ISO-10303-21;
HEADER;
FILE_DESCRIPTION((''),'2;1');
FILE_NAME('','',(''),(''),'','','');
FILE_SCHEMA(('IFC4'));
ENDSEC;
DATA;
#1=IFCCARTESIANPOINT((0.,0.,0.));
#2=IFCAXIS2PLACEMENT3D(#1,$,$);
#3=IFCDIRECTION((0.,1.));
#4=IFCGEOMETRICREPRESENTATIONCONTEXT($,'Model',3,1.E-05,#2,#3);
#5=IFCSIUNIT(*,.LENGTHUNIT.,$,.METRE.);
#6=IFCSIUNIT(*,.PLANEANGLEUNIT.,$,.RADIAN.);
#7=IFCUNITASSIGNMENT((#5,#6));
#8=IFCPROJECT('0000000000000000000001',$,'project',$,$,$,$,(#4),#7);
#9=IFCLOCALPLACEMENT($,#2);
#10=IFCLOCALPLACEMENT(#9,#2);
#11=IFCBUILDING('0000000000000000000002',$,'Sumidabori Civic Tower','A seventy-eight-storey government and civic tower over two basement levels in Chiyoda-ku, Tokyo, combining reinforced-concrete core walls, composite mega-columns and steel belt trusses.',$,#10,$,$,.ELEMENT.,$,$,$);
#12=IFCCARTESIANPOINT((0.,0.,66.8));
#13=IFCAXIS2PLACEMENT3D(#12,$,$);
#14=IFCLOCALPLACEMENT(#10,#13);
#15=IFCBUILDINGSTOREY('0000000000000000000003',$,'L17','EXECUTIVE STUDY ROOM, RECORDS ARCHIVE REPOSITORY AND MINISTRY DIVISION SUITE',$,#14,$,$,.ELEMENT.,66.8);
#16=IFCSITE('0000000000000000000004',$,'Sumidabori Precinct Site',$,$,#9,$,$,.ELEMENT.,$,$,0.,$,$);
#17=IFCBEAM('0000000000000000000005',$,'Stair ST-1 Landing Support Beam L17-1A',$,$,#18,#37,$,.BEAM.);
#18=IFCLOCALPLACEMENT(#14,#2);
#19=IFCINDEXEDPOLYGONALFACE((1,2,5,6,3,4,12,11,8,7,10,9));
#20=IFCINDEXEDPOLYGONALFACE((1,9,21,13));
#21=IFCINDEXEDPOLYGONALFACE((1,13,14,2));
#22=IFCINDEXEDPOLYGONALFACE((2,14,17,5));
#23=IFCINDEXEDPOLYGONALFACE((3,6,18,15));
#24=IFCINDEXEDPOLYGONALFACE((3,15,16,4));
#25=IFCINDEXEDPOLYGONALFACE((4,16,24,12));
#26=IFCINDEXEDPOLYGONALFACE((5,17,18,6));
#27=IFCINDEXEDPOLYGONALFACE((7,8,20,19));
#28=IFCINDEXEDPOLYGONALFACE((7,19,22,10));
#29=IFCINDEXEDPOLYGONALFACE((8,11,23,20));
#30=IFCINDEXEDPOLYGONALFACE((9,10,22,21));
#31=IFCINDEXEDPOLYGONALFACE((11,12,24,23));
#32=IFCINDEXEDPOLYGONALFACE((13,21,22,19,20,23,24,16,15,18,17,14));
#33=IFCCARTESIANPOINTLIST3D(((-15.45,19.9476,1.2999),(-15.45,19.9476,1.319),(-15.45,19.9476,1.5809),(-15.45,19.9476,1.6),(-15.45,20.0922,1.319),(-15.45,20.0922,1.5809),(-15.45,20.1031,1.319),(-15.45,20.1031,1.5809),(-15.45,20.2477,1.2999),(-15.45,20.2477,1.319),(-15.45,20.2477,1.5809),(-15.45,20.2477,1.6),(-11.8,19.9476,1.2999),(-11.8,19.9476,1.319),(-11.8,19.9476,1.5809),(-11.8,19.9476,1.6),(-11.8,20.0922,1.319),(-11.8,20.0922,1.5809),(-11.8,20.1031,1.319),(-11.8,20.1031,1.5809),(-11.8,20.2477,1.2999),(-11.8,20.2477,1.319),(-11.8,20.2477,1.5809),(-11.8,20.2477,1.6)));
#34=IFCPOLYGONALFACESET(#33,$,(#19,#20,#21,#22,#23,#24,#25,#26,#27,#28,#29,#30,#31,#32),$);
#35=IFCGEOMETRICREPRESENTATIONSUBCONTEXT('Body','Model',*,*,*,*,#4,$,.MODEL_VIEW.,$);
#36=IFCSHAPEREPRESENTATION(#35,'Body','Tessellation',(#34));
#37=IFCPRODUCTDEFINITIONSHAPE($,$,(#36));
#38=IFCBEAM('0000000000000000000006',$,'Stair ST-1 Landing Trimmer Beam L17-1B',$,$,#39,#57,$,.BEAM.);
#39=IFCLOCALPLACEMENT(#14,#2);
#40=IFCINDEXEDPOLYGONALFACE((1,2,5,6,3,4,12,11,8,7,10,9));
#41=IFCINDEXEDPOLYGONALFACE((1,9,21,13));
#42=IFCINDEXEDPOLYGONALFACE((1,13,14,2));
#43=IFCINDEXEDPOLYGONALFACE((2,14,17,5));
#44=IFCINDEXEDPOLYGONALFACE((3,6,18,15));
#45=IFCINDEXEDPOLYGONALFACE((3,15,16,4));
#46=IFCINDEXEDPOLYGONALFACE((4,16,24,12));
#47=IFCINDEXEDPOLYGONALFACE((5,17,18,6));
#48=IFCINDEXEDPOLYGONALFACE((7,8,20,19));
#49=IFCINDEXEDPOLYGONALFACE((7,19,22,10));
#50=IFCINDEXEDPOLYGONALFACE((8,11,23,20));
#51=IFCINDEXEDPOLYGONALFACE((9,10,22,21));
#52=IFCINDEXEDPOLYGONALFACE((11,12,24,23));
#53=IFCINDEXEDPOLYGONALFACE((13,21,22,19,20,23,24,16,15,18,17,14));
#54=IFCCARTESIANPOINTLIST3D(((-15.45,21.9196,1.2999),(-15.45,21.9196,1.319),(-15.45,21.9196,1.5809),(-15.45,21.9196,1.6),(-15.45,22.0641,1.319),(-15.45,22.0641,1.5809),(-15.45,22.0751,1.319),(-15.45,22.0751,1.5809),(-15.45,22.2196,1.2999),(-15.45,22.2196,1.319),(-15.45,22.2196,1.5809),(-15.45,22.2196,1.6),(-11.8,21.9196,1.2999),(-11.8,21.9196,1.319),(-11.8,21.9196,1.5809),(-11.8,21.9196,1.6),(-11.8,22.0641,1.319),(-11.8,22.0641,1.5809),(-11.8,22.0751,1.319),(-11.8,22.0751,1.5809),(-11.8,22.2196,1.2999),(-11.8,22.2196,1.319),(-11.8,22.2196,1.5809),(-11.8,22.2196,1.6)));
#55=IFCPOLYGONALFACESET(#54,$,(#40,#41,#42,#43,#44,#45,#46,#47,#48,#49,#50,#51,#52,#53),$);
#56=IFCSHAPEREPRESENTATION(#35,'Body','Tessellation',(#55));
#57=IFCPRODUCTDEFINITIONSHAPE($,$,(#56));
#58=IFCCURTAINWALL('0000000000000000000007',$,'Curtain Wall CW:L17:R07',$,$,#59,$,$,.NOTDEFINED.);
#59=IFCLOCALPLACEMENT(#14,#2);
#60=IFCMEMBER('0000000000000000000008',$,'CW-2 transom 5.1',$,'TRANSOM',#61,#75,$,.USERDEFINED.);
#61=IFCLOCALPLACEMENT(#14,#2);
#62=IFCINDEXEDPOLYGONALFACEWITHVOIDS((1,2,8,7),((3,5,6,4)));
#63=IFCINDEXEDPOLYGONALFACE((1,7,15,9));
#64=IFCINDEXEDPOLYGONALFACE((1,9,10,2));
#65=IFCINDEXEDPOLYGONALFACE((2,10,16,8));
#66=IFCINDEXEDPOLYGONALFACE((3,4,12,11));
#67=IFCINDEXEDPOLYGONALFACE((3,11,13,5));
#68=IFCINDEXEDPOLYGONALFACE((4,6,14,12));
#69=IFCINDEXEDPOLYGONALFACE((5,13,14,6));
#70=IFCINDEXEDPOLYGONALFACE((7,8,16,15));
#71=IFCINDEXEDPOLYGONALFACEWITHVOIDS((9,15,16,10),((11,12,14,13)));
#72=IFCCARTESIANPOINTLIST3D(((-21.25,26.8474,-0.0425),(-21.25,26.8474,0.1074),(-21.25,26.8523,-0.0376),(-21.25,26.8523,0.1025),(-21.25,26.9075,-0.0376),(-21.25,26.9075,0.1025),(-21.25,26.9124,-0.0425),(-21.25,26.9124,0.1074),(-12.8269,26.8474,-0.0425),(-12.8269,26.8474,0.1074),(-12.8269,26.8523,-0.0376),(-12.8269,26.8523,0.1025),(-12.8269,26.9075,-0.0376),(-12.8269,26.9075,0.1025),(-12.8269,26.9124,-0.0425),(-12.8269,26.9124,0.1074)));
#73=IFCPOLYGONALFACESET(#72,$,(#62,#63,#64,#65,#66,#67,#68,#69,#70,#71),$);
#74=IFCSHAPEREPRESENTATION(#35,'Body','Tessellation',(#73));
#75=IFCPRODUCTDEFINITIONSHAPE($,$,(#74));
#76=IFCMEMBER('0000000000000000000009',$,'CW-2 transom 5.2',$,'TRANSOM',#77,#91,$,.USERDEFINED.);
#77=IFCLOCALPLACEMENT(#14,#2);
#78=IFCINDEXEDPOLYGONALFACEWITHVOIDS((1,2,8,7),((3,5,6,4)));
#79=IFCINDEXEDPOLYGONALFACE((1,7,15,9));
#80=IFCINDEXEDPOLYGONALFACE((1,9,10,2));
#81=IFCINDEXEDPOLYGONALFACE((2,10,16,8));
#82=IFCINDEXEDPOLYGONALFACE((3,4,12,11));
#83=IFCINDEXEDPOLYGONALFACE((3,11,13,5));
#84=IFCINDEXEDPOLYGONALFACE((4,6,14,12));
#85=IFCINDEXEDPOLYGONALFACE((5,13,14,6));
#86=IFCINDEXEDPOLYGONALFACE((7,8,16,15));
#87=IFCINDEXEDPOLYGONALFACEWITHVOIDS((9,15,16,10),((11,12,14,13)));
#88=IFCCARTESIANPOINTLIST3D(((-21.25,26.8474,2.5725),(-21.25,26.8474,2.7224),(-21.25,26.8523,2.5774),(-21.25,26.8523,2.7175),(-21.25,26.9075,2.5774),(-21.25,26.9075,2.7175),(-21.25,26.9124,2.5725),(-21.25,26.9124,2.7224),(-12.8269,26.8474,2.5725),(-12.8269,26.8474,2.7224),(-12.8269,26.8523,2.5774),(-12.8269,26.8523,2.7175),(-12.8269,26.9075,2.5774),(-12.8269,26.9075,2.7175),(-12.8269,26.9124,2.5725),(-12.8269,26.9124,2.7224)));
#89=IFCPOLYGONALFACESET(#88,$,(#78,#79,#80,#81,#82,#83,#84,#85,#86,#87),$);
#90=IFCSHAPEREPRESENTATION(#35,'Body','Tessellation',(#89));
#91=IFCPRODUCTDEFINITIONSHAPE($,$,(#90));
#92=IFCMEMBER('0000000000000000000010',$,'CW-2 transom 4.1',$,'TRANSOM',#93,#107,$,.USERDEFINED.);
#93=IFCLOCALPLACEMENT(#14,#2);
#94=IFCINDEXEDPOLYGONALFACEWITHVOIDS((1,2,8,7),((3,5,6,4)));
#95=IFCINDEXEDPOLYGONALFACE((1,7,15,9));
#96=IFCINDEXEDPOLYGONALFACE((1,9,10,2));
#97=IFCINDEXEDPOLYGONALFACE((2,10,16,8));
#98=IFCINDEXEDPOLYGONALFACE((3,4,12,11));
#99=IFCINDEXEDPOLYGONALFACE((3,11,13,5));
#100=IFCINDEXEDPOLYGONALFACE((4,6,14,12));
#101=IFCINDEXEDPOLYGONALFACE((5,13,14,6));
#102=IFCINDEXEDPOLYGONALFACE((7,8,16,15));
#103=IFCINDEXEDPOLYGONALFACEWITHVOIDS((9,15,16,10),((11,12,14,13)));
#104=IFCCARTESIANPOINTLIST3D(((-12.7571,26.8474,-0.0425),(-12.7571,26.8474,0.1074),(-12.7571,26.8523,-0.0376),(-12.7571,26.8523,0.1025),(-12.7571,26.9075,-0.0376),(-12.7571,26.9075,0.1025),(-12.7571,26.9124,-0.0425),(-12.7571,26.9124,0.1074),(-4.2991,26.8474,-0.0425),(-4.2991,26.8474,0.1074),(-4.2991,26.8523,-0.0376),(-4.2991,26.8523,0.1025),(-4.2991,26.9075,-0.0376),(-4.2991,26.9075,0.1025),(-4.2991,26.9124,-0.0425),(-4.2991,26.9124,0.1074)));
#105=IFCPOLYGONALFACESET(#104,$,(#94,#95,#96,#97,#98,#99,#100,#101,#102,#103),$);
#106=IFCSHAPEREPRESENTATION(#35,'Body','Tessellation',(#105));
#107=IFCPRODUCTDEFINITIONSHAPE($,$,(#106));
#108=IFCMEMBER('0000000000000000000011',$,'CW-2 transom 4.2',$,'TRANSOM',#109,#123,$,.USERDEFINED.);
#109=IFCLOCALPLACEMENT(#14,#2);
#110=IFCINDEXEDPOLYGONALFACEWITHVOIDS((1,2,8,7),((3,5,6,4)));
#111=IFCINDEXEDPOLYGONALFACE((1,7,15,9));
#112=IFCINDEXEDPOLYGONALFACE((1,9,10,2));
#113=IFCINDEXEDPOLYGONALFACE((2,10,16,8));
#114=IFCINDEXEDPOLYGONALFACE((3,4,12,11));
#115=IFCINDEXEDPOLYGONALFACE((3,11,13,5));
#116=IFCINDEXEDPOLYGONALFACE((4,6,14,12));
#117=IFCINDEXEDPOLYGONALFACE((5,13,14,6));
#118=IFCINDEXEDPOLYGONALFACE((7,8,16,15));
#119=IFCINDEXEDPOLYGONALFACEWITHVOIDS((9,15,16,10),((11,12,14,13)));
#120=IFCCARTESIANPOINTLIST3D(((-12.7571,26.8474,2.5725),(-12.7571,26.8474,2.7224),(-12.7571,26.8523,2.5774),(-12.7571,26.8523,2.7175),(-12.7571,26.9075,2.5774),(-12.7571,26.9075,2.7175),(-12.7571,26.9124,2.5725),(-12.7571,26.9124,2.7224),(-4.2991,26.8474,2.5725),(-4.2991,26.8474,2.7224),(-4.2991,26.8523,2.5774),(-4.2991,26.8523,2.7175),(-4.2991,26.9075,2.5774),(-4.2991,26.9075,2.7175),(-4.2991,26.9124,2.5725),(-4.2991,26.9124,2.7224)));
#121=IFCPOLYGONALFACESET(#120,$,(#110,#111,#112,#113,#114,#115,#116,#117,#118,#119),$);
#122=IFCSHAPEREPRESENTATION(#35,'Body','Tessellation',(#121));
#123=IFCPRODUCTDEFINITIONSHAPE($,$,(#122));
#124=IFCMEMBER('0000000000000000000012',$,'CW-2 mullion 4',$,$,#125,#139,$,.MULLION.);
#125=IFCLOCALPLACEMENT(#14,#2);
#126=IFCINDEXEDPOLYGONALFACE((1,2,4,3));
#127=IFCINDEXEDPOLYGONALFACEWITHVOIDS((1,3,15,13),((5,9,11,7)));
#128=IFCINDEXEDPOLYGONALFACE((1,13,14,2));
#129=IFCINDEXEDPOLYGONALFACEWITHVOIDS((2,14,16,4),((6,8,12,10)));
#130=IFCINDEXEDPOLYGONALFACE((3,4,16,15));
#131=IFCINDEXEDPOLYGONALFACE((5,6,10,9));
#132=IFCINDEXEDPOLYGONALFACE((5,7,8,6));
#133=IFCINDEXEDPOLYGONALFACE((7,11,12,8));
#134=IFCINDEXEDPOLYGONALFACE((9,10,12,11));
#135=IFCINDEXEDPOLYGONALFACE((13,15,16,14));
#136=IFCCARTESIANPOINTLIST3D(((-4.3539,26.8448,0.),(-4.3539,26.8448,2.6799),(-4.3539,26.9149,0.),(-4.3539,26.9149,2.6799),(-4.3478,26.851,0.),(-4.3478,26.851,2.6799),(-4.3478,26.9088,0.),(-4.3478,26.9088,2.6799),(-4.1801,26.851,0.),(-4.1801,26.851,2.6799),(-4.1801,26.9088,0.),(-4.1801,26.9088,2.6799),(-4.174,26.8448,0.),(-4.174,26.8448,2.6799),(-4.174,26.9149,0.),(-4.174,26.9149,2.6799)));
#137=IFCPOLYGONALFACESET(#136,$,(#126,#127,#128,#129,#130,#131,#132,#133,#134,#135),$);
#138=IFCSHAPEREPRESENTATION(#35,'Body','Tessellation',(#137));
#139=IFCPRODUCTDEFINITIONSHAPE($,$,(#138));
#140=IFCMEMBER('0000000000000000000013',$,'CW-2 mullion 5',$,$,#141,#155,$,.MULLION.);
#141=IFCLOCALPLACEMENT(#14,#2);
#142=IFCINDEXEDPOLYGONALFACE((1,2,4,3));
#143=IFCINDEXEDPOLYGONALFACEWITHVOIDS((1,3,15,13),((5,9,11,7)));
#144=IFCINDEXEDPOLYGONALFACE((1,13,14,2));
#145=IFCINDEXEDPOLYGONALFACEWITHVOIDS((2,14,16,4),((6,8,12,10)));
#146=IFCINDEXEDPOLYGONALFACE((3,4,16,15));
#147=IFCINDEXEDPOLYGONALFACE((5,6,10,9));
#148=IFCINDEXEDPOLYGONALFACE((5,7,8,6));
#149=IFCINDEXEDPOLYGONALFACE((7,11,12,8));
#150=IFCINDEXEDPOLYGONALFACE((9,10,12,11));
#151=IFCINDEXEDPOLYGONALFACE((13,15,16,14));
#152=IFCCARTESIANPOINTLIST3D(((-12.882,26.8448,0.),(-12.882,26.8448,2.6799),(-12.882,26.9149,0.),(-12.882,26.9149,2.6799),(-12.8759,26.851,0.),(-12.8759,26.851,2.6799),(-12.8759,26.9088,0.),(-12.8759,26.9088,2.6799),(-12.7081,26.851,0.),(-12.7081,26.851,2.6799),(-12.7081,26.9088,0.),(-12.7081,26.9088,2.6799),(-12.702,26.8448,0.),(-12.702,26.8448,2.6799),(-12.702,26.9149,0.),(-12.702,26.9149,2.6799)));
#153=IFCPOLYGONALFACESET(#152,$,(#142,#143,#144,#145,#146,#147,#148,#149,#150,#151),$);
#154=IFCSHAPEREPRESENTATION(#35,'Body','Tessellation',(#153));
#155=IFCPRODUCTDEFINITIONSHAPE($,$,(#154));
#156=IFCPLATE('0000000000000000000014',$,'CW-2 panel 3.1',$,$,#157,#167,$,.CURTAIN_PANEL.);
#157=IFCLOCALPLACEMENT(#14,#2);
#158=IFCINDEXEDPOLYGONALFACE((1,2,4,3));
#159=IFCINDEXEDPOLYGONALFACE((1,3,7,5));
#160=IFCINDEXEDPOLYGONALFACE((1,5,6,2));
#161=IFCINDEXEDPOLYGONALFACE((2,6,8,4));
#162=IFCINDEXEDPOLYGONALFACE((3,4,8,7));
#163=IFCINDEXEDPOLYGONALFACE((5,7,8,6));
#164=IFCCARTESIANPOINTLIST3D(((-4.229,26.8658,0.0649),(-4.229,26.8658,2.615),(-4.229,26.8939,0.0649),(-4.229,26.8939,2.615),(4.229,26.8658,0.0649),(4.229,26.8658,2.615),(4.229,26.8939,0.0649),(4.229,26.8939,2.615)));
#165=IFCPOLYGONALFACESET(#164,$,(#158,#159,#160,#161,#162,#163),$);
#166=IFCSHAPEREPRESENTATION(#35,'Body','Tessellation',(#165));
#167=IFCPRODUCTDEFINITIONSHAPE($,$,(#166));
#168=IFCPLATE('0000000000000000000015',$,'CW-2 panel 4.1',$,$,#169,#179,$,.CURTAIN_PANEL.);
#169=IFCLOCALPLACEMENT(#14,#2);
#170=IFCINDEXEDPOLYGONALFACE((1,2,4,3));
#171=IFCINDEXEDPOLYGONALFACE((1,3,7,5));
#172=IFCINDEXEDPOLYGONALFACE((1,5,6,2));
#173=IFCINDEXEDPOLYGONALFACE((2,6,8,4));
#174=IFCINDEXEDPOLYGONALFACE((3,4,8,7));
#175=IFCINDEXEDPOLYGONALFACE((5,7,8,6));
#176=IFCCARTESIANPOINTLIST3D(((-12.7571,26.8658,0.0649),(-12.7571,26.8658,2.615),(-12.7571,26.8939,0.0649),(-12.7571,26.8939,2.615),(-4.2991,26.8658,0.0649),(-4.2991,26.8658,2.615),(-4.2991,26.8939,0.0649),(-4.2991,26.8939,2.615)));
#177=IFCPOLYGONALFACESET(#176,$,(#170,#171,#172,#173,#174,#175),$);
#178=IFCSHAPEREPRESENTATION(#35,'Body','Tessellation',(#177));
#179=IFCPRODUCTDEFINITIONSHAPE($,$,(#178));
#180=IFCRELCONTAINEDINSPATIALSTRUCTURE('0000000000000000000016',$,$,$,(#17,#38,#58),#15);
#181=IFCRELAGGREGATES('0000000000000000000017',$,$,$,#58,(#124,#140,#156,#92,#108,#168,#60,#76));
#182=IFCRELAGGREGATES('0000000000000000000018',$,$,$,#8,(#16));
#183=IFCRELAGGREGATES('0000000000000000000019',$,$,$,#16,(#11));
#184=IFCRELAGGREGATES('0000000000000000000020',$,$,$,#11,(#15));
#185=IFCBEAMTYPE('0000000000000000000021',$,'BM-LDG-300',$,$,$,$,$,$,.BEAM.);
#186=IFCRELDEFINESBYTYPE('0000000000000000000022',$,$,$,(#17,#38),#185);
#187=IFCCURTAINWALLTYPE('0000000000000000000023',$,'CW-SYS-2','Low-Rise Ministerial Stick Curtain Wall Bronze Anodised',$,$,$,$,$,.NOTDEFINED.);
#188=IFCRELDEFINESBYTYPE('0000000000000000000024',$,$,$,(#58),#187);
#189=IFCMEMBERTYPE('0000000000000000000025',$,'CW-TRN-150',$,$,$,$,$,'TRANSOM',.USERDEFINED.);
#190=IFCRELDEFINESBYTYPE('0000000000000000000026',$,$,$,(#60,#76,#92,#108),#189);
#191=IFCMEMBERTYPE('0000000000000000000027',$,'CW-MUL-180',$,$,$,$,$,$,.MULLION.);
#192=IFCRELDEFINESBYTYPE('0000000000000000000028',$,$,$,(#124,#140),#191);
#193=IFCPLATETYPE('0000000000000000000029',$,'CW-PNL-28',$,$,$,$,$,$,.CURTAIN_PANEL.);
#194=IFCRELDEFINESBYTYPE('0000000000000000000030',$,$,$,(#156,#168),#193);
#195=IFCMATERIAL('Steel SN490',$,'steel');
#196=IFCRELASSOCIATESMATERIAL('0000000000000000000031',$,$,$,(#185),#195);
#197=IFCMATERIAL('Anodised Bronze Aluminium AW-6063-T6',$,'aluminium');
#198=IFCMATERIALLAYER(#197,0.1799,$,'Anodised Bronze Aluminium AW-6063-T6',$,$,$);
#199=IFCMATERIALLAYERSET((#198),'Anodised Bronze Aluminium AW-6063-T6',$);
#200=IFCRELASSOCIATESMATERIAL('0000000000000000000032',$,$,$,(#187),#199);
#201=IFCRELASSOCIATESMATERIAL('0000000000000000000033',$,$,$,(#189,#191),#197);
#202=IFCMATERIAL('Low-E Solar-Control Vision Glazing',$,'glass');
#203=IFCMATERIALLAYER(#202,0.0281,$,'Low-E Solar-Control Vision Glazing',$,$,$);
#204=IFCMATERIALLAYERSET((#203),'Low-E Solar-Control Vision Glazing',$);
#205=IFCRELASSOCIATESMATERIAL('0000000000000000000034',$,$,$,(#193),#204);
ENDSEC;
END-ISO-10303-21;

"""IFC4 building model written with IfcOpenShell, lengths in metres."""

from ifc_helpers import new_model, si_unit, direction, frame, origin, origin_2d, place, context, subcontext, project, spatial, rectangle, hollow_rectangle, i_section, extrude, source, transform, mapped, material, layer, layer_set, material_profile, profile_set, type_object, element, aggregate, save


model = new_model("IFC4")

# Units and contexts
model_context = context("Model", 3, precision=1e-05, world=origin(), true_north=direction((0.0, 1.0)))
body_context = subcontext(model_context, "Body", "Model", "MODEL_VIEW")
ifc_project = project(units=[si_unit("LENGTHUNIT", "METRE"), si_unit("PLANEANGLEUNIT", "RADIAN")], contexts=[model_context])

# Site, building, storey
site_placement = place(None, origin())
site = spatial("IfcSite", under=ifc_project, at=site_placement, Name="Sumidabori Precinct Site", CompositionType="ELEMENT", RefElevation=0.0)
building_placement = place(site_placement, origin())
building = spatial("IfcBuilding", under=site, at=building_placement, Name="Sumidabori Civic Tower", Description="A seventy-eight-storey government and civic tower over two basement levels in Chiyoda-ku, Tokyo, combining reinforced-concrete core walls, composite mega-columns and steel belt trusses.", CompositionType="ELEMENT")
storey_placement = place(building_placement, frame((0.0, 0.0, 66.8)))
storey = spatial("IfcBuildingStorey", under=building, at=storey_placement, Name="L17", Description="EXECUTIVE STUDY ROOM, RECORDS ARCHIVE REPOSITORY AND MINISTRY DIVISION SUITE", CompositionType="ELEMENT", Elevation=66.8)

# Beams
ifc_material_1 = material(Name="Steel SN490", Category="steel")
ifc_material_profile_1 = material_profile(ifc_material_1, i_section(OverallWidth=0.3, OverallDepth=0.3, WebThickness=0.011, FlangeThickness=0.019, at=origin_2d()), Name="HE 300 B")
ifc_profile_set_1 = profile_set([ifc_material_profile_1], Name="Steel SN490")
beam_type = type_object("IfcBeamType", Name="BM-LDG-300", PredefinedType="BEAM", material=ifc_profile_set_1)
shared_shape_1 = source(origin(), body_context, "Body", "SweptSolid", [
    extrude(i_section(OverallWidth=0.3, OverallDepth=0.3, WebThickness=0.011, FlangeThickness=0.019, at=origin_2d()), origin(), (0.0, 0.0, 1.0), 3.6499),
])
for number, where, z_axis, x_axis, name in (
    (1, (-15.45, 20.0977, 1.45), (1.0, 0.0, 0.0), (0.0, 1.0, 0.0), "Stair ST-1 Landing Support Beam L17-1A"),
    (2, (-15.45, 22.0696, 1.45), (1.0, 0.0, 0.0), (0.0, 1.0, 0.0), "Stair ST-1 Landing Trimmer Beam L17-1B"),
):
    element("IfcBeam", number, at=place(storey_placement, frame(where, z_axis=z_axis, x_axis=x_axis)), inside=storey, type_object=beam_type, Name=name, PredefinedType="BEAM", context=body_context, shape_type="MappedRepresentation", body=[
        mapped(shared_shape_1, transform((0.0, 0.0, 0.0), x_axis=(1.0, 0.0, 0.0), y_axis=(0.0, 1.0, 0.0), z_axis=(0.0, 0.0, 1.0), scale=1.0)),
    ])

# Curtain wall, members, plates
ifc_material_2 = material(Name="Anodised Bronze Aluminium AW-6063-T6", Category="aluminium")
ifc_layer_1 = layer(ifc_material_2, 0.1799, Name="Anodised Bronze Aluminium AW-6063-T6")
ifc_layer_set_1 = layer_set([ifc_layer_1], Name="Anodised Bronze Aluminium AW-6063-T6")
curtain_wall_type = type_object("IfcCurtainWallType", Name="CW-SYS-2", Description="Low-Rise Ministerial Stick Curtain Wall Bronze Anodised", PredefinedType="NOTDEFINED", material=ifc_layer_set_1)
curtain_wall_placement = place(storey_placement, origin())
curtain_wall = element("IfcCurtainWall", 3, at=curtain_wall_placement, inside=storey, type_object=curtain_wall_type, Name="Curtain Wall CW:L17:R07", PredefinedType="NOTDEFINED")
ifc_material_profile_2 = material_profile(ifc_material_2, hollow_rectangle(XDim=0.0649, YDim=0.1499, WallThickness=0.0049, at=origin_2d()), Name="ALU TRANSOM 150x65")
ifc_profile_set_2 = profile_set([ifc_material_profile_2], Name="Anodised Bronze Aluminium AW-6063-T6")
member_type_1 = type_object("IfcMemberType", Name="CW-TRN-150", ElementType="TRANSOM", PredefinedType="USERDEFINED", material=ifc_profile_set_2)
shared_shape_2 = source(origin(), body_context, "Body", "SweptSolid", [
    extrude(hollow_rectangle(XDim=0.0649, YDim=0.1499, WallThickness=0.0049, at=origin_2d()), origin(), (0.0, 0.0, 1.0), 8.4231),
])
member_1_placement = place(storey_placement, frame((-12.8269, 26.8799, 0.0325), z_axis=(-1.0, 0.0, 0.0), x_axis=(0.0, -1.0, 0.0)))
member_1 = element("IfcMember", 4, at=member_1_placement, type_object=member_type_1, Name="CW-2 transom 5.1", ObjectType="TRANSOM", PredefinedType="USERDEFINED", context=body_context, shape_type="MappedRepresentation", body=[
    mapped(shared_shape_2, transform((0.0, 0.0, 0.0), x_axis=(1.0, 0.0, 0.0), y_axis=(0.0, 1.0, 0.0), z_axis=(0.0, 0.0, 1.0), scale=1.0)),
])
member_2_placement = place(storey_placement, frame((-12.8269, 26.8799, 2.6475), z_axis=(-1.0, 0.0, 0.0), x_axis=(0.0, -1.0, 0.0)))
member_2 = element("IfcMember", 5, at=member_2_placement, type_object=member_type_1, Name="CW-2 transom 5.2", ObjectType="TRANSOM", PredefinedType="USERDEFINED", context=body_context, shape_type="MappedRepresentation", body=[
    mapped(shared_shape_2, transform((0.0, 0.0, 0.0), x_axis=(1.0, 0.0, 0.0), y_axis=(0.0, 1.0, 0.0), z_axis=(0.0, 0.0, 1.0), scale=1.0)),
])
shared_shape_3 = source(origin(), body_context, "Body", "SweptSolid", [
    extrude(hollow_rectangle(XDim=0.0649, YDim=0.1499, WallThickness=0.0049, at=origin_2d()), origin(), (0.0, 0.0, 1.0), 8.458),
])
member_3_placement = place(storey_placement, frame((-4.2991, 26.8799, 0.0325), z_axis=(-1.0, 0.0, 0.0), x_axis=(0.0, -1.0, 0.0)))
member_3 = element("IfcMember", 6, at=member_3_placement, type_object=member_type_1, Name="CW-2 transom 4.1", ObjectType="TRANSOM", PredefinedType="USERDEFINED", context=body_context, shape_type="MappedRepresentation", body=[
    mapped(shared_shape_3, transform((0.0, 0.0, 0.0), x_axis=(1.0, 0.0, 0.0), y_axis=(0.0, 1.0, 0.0), z_axis=(0.0, 0.0, 1.0), scale=1.0)),
])
member_4_placement = place(storey_placement, frame((-4.2991, 26.8799, 2.6475), z_axis=(-1.0, 0.0, 0.0), x_axis=(0.0, -1.0, 0.0)))
member_4 = element("IfcMember", 7, at=member_4_placement, type_object=member_type_1, Name="CW-2 transom 4.2", ObjectType="TRANSOM", PredefinedType="USERDEFINED", context=body_context, shape_type="MappedRepresentation", body=[
    mapped(shared_shape_3, transform((0.0, 0.0, 0.0), x_axis=(1.0, 0.0, 0.0), y_axis=(0.0, 1.0, 0.0), z_axis=(0.0, 0.0, 1.0), scale=1.0)),
])
ifc_material_profile_3 = material_profile(ifc_material_2, hollow_rectangle(XDim=0.0701, YDim=0.1799, WallThickness=0.0061, at=origin_2d()), Name="ALU MULLION 180x70")
ifc_profile_set_3 = profile_set([ifc_material_profile_3], Name="Anodised Bronze Aluminium AW-6063-T6")
member_type_2 = type_object("IfcMemberType", Name="CW-MUL-180", PredefinedType="MULLION", material=ifc_profile_set_3)
shared_shape_4 = source(origin(), body_context, "Body", "SweptSolid", [
    extrude(hollow_rectangle(XDim=0.0701, YDim=0.1799, WallThickness=0.0061, at=origin_2d()), origin(), (0.0, 0.0, 1.0), 2.6799),
])
member_5_placement = place(storey_placement, frame((-4.2639, 26.8799, 0.0), z_axis=(0.0, 0.0, 1.0), x_axis=(0.0, -1.0, 0.0)))
member_5 = element("IfcMember", 8, at=member_5_placement, type_object=member_type_2, Name="CW-2 mullion 4", PredefinedType="MULLION", context=body_context, shape_type="MappedRepresentation", body=[
    mapped(shared_shape_4, transform((0.0, 0.0, 0.0), x_axis=(1.0, 0.0, 0.0), y_axis=(0.0, 1.0, 0.0), z_axis=(0.0, 0.0, 1.0), scale=1.0)),
])
member_6_placement = place(storey_placement, frame((-12.792, 26.8799, 0.0), z_axis=(0.0, 0.0, 1.0), x_axis=(0.0, -1.0, 0.0)))
member_6 = element("IfcMember", 9, at=member_6_placement, type_object=member_type_2, Name="CW-2 mullion 5", PredefinedType="MULLION", context=body_context, shape_type="MappedRepresentation", body=[
    mapped(shared_shape_4, transform((0.0, 0.0, 0.0), x_axis=(1.0, 0.0, 0.0), y_axis=(0.0, 1.0, 0.0), z_axis=(0.0, 0.0, 1.0), scale=1.0)),
])
ifc_material_3 = material(Name="Low-E Solar-Control Vision Glazing", Category="glass")
ifc_layer_2 = layer(ifc_material_3, 0.0281, Name="Low-E Solar-Control Vision Glazing")
ifc_layer_set_2 = layer_set([ifc_layer_2], Name="Low-E Solar-Control Vision Glazing")
plate_type = type_object("IfcPlateType", Name="CW-PNL-28", PredefinedType="CURTAIN_PANEL", material=ifc_layer_set_2)
shared_shape_5 = source(origin(), body_context, "Body", "SweptSolid", [
    extrude(rectangle(XDim=8.458, YDim=0.0281, at=origin_2d()), origin(), (0.0, 0.0, 1.0), 2.55),
])
plate_1_placement = place(storey_placement, frame((0.0, 26.8799, 0.0649), z_axis=(0.0, 0.0, 1.0), x_axis=(-1.0, 0.0, 0.0)))
plate_1 = element("IfcPlate", 10, at=plate_1_placement, type_object=plate_type, Name="CW-2 panel 3.1", PredefinedType="CURTAIN_PANEL", context=body_context, shape_type="MappedRepresentation", body=[
    mapped(shared_shape_5, transform((0.0, 0.0, 0.0), x_axis=(1.0, 0.0, 0.0), y_axis=(0.0, 1.0, 0.0), z_axis=(0.0, 0.0, 1.0), scale=1.0)),
])
plate_2_placement = place(storey_placement, frame((-8.5281, 26.8799, 0.0649), z_axis=(0.0, 0.0, 1.0), x_axis=(-1.0, 0.0, 0.0)))
plate_2 = element("IfcPlate", 11, at=plate_2_placement, type_object=plate_type, Name="CW-2 panel 4.1", PredefinedType="CURTAIN_PANEL", context=body_context, shape_type="MappedRepresentation", body=[
    mapped(shared_shape_5, transform((0.0, 0.0, 0.0), x_axis=(1.0, 0.0, 0.0), y_axis=(0.0, 1.0, 0.0), z_axis=(0.0, 0.0, 1.0), scale=1.0)),
])
aggregate(curtain_wall, [member_5, member_6, plate_1, member_3, member_4, plate_2, member_1, member_2])

save(model, "model.ifc")
